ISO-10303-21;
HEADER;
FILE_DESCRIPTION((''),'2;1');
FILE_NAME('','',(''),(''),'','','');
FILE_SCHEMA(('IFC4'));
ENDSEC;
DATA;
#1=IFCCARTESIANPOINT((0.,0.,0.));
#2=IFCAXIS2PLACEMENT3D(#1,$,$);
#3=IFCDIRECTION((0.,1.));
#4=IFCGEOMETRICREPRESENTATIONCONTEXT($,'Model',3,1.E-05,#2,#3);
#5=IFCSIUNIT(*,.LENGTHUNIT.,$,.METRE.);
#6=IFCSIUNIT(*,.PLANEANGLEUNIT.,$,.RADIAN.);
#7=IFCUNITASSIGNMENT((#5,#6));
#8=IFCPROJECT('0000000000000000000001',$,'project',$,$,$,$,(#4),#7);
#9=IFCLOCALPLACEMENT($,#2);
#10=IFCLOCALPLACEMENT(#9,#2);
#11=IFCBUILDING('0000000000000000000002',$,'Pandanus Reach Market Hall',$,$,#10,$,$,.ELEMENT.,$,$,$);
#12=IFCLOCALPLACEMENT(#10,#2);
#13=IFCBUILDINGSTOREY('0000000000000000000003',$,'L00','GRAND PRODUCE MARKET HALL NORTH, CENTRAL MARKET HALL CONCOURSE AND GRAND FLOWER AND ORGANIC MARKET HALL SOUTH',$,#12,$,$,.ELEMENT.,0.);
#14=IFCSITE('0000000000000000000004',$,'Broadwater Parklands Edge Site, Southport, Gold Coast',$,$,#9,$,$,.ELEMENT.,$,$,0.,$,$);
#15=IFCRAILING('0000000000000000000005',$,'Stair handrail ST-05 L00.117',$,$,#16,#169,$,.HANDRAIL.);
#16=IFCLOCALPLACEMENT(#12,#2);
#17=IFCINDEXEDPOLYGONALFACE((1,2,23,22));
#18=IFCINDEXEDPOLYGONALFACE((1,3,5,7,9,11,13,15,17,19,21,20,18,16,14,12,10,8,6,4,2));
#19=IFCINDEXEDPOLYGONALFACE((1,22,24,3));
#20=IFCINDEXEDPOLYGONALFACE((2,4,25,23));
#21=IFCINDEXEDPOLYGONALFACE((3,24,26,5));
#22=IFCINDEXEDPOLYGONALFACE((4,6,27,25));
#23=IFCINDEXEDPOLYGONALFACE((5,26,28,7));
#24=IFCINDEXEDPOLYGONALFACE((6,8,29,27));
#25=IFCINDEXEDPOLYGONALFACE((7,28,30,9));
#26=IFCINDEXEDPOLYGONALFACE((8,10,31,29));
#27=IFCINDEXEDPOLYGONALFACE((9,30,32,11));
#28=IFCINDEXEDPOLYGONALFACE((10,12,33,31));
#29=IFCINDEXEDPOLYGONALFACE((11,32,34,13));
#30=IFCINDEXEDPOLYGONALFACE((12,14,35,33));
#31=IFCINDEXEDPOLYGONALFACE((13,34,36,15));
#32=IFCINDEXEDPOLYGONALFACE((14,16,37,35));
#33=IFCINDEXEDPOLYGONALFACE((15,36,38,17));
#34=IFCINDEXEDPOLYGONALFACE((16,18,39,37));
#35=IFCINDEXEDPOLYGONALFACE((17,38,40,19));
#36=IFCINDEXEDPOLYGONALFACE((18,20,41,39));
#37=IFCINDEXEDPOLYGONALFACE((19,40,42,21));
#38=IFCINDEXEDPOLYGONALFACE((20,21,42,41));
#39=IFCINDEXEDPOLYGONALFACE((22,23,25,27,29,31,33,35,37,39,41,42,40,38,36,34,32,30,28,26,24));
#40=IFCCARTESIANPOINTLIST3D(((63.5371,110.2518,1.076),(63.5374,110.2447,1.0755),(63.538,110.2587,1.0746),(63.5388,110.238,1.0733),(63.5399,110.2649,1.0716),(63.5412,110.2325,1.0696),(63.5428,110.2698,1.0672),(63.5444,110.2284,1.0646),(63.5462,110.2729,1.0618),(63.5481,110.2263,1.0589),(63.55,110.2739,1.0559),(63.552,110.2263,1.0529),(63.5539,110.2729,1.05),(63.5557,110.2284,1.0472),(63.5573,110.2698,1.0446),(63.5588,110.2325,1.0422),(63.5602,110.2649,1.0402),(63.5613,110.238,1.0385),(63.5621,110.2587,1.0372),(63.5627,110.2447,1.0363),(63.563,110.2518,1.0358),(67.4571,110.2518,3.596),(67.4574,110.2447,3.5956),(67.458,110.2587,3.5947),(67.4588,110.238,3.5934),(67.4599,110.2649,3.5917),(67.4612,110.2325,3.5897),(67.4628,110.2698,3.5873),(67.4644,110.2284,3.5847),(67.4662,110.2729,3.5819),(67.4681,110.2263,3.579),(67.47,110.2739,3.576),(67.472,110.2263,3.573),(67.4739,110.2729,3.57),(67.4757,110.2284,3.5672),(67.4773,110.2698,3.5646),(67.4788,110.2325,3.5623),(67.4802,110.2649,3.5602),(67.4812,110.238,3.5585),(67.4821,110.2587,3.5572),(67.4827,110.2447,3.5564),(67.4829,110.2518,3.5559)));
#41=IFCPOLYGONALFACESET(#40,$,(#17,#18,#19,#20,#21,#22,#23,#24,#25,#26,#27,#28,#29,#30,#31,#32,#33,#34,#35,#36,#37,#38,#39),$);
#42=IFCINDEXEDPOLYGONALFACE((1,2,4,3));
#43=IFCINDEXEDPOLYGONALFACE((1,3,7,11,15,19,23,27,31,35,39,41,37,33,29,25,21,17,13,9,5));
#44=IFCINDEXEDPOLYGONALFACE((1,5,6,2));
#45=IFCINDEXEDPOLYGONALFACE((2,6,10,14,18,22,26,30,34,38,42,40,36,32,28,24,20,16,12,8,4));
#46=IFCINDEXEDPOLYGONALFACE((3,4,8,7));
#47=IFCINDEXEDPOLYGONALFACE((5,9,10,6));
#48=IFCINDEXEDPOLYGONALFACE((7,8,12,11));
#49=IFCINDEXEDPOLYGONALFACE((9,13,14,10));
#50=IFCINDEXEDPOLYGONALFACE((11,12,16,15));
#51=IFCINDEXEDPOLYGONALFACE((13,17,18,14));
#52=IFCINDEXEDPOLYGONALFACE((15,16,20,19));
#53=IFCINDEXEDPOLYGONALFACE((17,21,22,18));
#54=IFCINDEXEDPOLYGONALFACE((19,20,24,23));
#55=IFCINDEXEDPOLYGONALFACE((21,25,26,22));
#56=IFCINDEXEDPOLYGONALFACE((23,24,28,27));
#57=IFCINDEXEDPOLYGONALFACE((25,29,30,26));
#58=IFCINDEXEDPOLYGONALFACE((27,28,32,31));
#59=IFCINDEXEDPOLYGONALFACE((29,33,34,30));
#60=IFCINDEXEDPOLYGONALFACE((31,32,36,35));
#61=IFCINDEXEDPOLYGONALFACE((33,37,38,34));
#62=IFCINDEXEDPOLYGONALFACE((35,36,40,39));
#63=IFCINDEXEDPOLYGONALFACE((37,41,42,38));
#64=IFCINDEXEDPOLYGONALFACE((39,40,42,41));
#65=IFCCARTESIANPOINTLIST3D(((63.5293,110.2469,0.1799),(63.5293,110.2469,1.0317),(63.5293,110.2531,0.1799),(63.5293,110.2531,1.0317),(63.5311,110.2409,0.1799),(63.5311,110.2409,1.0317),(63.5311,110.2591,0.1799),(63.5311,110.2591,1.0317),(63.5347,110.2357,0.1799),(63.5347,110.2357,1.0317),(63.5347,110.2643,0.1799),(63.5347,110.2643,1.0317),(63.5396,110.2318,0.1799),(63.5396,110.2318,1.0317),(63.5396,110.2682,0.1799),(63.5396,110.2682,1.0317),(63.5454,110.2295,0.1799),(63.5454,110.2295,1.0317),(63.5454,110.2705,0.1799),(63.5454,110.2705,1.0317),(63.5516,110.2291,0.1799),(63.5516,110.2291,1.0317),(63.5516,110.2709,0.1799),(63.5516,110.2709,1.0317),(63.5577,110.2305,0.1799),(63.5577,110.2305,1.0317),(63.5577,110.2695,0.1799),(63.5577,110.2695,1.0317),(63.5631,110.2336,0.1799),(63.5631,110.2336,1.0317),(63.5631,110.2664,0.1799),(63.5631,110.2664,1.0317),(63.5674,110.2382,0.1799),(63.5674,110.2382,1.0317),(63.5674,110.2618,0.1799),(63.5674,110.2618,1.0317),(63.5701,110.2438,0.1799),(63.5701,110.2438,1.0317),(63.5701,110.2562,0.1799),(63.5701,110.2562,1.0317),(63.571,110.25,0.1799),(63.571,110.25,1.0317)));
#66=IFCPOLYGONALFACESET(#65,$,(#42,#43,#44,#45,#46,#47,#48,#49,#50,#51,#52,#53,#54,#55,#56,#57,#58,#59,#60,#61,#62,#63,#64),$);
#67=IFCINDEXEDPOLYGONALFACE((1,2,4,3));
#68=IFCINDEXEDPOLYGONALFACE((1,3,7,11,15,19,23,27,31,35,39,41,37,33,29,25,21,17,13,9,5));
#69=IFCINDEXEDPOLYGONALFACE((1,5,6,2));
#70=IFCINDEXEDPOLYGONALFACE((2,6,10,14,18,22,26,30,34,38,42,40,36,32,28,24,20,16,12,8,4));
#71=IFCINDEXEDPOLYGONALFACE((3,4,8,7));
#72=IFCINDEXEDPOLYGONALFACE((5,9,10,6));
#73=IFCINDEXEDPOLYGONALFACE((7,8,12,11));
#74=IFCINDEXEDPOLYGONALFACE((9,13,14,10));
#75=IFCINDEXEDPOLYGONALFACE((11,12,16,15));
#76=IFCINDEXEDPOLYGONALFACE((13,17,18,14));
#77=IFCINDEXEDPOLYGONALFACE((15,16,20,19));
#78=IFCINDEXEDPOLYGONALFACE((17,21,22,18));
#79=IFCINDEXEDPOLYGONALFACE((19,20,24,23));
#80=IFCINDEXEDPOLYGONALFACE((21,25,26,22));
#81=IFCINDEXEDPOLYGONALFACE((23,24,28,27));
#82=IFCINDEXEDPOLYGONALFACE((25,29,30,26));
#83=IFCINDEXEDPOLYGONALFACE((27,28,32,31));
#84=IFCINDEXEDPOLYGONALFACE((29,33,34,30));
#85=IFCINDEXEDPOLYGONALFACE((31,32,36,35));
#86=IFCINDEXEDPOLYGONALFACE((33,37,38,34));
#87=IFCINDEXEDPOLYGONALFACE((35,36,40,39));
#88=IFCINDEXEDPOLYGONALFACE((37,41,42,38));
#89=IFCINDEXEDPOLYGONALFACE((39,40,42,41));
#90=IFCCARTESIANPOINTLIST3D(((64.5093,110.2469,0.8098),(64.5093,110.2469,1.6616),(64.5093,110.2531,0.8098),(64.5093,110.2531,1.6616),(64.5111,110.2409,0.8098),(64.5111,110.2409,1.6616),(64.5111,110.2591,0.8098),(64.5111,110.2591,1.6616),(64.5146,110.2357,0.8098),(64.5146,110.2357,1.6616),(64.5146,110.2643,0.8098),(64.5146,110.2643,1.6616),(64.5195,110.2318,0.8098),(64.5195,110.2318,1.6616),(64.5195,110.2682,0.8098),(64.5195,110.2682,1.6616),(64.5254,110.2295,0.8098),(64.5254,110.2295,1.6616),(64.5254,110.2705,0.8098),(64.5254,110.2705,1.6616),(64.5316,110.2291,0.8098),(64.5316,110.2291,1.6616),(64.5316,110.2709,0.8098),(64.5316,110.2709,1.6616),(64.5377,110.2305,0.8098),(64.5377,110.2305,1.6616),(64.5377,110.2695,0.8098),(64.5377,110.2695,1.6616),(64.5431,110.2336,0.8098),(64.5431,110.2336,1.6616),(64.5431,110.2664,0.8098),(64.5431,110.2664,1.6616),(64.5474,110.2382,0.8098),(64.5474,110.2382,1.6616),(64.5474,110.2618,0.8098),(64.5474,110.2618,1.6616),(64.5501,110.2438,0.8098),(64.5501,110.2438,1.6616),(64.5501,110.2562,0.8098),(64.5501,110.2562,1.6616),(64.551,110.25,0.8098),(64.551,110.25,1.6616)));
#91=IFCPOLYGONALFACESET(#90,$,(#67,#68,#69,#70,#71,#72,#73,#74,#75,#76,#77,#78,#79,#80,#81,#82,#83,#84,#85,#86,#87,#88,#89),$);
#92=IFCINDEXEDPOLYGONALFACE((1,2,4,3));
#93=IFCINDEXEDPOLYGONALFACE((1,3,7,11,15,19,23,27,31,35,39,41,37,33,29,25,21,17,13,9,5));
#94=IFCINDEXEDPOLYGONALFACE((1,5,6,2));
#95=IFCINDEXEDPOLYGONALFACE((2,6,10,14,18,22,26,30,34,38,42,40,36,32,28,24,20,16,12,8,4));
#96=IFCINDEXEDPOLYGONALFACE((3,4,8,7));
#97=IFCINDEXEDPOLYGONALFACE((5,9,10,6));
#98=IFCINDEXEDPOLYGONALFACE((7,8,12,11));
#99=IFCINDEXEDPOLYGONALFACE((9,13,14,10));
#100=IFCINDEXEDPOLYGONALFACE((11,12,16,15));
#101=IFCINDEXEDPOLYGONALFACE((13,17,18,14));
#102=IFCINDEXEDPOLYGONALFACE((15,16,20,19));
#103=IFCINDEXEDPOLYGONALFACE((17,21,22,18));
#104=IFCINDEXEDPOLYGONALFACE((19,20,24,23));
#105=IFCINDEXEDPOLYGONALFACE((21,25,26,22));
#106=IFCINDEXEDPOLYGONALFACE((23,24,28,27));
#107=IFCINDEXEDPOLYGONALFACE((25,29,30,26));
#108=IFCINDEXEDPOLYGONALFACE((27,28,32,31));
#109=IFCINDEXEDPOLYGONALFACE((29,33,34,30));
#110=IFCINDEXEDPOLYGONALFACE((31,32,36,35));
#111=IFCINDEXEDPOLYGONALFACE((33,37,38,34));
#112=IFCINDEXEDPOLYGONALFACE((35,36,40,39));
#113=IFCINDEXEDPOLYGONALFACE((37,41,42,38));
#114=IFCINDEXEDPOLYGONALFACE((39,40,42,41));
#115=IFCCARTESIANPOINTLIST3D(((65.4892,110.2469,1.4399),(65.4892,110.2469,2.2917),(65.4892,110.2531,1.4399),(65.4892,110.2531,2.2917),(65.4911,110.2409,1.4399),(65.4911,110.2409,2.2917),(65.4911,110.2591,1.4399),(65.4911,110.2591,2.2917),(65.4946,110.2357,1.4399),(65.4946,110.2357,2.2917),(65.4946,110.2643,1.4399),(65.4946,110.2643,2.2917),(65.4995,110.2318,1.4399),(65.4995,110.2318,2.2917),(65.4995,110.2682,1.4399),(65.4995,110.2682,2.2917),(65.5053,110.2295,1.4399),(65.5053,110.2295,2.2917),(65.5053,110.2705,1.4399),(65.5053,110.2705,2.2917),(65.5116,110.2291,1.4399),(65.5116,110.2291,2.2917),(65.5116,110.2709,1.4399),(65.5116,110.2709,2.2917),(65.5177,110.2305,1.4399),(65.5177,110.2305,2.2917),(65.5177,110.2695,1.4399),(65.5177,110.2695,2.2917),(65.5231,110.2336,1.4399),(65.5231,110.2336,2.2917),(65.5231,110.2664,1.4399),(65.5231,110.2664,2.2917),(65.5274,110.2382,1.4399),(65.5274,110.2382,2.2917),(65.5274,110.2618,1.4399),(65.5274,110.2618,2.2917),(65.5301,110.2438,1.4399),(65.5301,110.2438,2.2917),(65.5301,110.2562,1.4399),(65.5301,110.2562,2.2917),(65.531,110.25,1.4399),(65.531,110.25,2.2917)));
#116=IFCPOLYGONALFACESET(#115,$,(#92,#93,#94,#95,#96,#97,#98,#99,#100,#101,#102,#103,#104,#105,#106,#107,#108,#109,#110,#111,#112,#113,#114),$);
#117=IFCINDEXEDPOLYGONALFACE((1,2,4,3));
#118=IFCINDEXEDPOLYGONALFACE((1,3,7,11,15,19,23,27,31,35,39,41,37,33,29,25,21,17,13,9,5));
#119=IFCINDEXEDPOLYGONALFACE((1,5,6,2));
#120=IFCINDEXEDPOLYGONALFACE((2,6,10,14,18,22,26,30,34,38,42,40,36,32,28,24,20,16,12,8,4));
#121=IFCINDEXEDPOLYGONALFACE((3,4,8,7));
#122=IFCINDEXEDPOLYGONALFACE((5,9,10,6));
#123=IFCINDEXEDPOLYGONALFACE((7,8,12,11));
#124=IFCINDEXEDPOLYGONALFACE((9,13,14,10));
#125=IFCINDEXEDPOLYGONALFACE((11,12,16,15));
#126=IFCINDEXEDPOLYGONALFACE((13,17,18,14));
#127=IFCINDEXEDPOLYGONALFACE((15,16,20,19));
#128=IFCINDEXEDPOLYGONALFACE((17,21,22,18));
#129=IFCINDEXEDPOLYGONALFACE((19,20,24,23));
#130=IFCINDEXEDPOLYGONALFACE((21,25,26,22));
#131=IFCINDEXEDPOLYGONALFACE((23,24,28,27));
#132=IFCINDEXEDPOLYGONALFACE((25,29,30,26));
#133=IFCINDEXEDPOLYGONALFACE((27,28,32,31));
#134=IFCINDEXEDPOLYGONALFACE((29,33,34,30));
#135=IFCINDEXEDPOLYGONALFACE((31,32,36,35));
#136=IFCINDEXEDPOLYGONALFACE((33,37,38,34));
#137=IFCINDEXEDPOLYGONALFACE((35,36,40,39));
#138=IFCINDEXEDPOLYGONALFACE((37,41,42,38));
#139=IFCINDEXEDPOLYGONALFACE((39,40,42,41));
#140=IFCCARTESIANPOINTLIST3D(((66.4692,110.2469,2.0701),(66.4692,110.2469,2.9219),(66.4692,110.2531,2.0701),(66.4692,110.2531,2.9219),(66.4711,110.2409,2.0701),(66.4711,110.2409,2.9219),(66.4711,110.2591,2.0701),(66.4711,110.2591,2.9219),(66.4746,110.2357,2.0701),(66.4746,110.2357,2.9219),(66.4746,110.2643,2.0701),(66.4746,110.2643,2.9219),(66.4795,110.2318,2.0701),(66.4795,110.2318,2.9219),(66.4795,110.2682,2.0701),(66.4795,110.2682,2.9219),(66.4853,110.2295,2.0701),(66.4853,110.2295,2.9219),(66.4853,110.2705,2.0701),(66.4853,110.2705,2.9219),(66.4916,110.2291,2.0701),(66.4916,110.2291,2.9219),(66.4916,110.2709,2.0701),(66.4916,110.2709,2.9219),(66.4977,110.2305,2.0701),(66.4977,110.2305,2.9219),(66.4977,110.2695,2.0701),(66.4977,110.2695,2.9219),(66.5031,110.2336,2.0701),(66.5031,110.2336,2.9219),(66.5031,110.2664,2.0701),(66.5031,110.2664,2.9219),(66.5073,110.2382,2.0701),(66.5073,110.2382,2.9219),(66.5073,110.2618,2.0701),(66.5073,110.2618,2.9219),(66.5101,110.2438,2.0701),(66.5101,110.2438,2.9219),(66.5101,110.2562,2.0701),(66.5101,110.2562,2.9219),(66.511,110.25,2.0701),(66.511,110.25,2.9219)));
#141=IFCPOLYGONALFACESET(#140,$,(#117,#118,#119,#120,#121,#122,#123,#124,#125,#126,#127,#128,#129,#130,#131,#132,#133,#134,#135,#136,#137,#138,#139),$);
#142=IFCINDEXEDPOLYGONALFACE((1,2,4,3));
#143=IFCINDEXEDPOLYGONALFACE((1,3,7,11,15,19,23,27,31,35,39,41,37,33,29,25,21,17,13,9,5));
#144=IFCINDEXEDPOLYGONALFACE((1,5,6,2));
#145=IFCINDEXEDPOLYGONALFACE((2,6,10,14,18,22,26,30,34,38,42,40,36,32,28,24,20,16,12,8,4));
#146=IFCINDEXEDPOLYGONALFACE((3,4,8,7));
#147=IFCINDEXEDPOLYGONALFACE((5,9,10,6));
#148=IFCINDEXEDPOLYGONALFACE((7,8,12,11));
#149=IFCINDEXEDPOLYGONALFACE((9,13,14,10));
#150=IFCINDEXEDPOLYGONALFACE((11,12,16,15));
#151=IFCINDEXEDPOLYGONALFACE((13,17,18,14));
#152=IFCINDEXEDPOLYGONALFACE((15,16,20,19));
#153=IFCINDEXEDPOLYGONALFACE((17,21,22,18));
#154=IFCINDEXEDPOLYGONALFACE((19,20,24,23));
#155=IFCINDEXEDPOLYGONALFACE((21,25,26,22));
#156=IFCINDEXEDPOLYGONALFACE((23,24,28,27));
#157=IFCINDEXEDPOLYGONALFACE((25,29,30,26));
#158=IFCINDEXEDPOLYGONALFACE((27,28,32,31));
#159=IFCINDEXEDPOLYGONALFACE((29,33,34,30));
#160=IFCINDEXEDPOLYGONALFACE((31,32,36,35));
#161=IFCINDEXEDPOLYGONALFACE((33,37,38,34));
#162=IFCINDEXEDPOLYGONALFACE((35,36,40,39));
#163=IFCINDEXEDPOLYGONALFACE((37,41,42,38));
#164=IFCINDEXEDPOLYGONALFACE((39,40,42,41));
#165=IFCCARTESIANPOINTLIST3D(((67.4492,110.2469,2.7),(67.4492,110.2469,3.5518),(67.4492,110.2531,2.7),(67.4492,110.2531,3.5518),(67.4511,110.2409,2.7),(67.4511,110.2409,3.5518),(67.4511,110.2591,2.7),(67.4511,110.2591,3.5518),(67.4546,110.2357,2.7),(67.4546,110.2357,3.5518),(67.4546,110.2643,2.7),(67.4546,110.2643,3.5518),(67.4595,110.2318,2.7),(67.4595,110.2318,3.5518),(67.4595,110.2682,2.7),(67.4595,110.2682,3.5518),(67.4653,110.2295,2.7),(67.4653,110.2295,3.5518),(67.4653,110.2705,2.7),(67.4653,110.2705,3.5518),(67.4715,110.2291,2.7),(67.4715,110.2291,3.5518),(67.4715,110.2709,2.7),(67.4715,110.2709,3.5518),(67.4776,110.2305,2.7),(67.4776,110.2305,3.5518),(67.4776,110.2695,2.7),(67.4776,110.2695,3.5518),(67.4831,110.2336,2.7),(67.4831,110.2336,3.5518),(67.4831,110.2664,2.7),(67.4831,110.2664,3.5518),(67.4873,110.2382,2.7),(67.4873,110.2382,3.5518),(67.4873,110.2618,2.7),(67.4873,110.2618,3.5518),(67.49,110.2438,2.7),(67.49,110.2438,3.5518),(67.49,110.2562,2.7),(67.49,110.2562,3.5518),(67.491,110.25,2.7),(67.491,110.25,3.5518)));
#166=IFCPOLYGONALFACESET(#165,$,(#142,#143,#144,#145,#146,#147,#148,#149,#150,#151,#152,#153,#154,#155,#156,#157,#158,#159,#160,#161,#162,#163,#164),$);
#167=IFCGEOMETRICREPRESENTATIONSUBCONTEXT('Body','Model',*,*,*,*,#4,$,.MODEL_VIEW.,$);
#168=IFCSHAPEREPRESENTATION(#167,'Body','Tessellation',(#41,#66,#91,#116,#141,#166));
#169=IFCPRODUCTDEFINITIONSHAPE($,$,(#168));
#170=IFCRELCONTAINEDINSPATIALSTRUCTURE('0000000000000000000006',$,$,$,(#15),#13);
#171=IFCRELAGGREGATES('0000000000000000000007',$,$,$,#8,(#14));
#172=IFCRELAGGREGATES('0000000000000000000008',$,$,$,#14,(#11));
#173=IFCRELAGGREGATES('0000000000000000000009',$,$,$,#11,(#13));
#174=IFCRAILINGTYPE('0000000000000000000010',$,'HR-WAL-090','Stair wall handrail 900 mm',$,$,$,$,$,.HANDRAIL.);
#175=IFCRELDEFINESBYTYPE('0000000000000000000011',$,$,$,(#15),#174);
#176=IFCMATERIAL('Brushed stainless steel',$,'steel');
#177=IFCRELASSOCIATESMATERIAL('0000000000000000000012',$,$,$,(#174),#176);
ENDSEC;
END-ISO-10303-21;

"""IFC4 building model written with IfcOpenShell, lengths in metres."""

from ifc_helpers import new_model, si_unit, direction, frame, origin, origin_2d, place, context, subcontext, project, spatial, circle, extrude, material, type_object, element, save


model = new_model("IFC4")

# Units and contexts
model_context = context("Model", 3, precision=1e-05, world=origin(), true_north=direction((0.0, 1.0)))
body_context = subcontext(model_context, "Body", "Model", "MODEL_VIEW")
ifc_project = project(units=[si_unit("LENGTHUNIT", "METRE"), si_unit("PLANEANGLEUNIT", "RADIAN")], contexts=[model_context])

# Site, building, storey
site_placement = place(None, origin())
site = spatial("IfcSite", under=ifc_project, at=site_placement, Name="Broadwater Parklands Edge Site, Southport, Gold Coast", CompositionType="ELEMENT", RefElevation=0.0)
building_placement = place(site_placement, origin())
building = spatial("IfcBuilding", under=site, at=building_placement, Name="Pandanus Reach Market Hall", CompositionType="ELEMENT")
storey_placement = place(building_placement, origin())
storey = spatial("IfcBuildingStorey", under=building, at=storey_placement, Name="L00", Description="GRAND PRODUCE MARKET HALL NORTH, CENTRAL MARKET HALL CONCOURSE AND GRAND FLOWER AND ORGANIC MARKET HALL SOUTH", CompositionType="ELEMENT", Elevation=0.0)

# Railing
ifc_material_1 = material(Name="Brushed stainless steel", Category="steel")
railing_type = type_object("IfcRailingType", Name="HR-WAL-090", Description="Stair wall handrail 900 mm", PredefinedType="HANDRAIL", material=ifc_material_1)
railing_placement = place(storey_placement, frame((63.55, 110.25, 0.1799)))
element("IfcRailing", 1, at=railing_placement, inside=storey, type_object=railing_type, Name="Stair handrail ST-05 L00.117", PredefinedType="HANDRAIL", context=body_context, shape_type="SweptSolid", body=[
    extrude(circle(Radius=0.0239, at=origin_2d()), frame((0.0, 0.0, 0.876), z_axis=(0.841172, 0.0, 0.540768), x_axis=(0.0, 1.0, 0.0)), (0.0, 0.0, 1.0), 4.6602),
    extrude(circle(Radius=0.021, at=origin_2d()), origin(), (0.0, 0.0, 1.0), 0.8518),
    extrude(circle(Radius=0.021, at=origin_2d()), frame((0.98, 0.0, 0.6299)), (0.0, 0.0, 1.0), 0.8518),
    extrude(circle(Radius=0.021, at=origin_2d()), frame((1.96, 0.0, 1.26)), (0.0, 0.0, 1.0), 0.8518),
    extrude(circle(Radius=0.021, at=origin_2d()), frame((2.9399, 0.0, 1.8901)), (0.0, 0.0, 1.0), 0.8518),
    extrude(circle(Radius=0.021, at=origin_2d()), frame((3.9199, 0.0, 2.52)), (0.0, 0.0, 1.0), 0.8518),
])

save(model, "model.ifc")
